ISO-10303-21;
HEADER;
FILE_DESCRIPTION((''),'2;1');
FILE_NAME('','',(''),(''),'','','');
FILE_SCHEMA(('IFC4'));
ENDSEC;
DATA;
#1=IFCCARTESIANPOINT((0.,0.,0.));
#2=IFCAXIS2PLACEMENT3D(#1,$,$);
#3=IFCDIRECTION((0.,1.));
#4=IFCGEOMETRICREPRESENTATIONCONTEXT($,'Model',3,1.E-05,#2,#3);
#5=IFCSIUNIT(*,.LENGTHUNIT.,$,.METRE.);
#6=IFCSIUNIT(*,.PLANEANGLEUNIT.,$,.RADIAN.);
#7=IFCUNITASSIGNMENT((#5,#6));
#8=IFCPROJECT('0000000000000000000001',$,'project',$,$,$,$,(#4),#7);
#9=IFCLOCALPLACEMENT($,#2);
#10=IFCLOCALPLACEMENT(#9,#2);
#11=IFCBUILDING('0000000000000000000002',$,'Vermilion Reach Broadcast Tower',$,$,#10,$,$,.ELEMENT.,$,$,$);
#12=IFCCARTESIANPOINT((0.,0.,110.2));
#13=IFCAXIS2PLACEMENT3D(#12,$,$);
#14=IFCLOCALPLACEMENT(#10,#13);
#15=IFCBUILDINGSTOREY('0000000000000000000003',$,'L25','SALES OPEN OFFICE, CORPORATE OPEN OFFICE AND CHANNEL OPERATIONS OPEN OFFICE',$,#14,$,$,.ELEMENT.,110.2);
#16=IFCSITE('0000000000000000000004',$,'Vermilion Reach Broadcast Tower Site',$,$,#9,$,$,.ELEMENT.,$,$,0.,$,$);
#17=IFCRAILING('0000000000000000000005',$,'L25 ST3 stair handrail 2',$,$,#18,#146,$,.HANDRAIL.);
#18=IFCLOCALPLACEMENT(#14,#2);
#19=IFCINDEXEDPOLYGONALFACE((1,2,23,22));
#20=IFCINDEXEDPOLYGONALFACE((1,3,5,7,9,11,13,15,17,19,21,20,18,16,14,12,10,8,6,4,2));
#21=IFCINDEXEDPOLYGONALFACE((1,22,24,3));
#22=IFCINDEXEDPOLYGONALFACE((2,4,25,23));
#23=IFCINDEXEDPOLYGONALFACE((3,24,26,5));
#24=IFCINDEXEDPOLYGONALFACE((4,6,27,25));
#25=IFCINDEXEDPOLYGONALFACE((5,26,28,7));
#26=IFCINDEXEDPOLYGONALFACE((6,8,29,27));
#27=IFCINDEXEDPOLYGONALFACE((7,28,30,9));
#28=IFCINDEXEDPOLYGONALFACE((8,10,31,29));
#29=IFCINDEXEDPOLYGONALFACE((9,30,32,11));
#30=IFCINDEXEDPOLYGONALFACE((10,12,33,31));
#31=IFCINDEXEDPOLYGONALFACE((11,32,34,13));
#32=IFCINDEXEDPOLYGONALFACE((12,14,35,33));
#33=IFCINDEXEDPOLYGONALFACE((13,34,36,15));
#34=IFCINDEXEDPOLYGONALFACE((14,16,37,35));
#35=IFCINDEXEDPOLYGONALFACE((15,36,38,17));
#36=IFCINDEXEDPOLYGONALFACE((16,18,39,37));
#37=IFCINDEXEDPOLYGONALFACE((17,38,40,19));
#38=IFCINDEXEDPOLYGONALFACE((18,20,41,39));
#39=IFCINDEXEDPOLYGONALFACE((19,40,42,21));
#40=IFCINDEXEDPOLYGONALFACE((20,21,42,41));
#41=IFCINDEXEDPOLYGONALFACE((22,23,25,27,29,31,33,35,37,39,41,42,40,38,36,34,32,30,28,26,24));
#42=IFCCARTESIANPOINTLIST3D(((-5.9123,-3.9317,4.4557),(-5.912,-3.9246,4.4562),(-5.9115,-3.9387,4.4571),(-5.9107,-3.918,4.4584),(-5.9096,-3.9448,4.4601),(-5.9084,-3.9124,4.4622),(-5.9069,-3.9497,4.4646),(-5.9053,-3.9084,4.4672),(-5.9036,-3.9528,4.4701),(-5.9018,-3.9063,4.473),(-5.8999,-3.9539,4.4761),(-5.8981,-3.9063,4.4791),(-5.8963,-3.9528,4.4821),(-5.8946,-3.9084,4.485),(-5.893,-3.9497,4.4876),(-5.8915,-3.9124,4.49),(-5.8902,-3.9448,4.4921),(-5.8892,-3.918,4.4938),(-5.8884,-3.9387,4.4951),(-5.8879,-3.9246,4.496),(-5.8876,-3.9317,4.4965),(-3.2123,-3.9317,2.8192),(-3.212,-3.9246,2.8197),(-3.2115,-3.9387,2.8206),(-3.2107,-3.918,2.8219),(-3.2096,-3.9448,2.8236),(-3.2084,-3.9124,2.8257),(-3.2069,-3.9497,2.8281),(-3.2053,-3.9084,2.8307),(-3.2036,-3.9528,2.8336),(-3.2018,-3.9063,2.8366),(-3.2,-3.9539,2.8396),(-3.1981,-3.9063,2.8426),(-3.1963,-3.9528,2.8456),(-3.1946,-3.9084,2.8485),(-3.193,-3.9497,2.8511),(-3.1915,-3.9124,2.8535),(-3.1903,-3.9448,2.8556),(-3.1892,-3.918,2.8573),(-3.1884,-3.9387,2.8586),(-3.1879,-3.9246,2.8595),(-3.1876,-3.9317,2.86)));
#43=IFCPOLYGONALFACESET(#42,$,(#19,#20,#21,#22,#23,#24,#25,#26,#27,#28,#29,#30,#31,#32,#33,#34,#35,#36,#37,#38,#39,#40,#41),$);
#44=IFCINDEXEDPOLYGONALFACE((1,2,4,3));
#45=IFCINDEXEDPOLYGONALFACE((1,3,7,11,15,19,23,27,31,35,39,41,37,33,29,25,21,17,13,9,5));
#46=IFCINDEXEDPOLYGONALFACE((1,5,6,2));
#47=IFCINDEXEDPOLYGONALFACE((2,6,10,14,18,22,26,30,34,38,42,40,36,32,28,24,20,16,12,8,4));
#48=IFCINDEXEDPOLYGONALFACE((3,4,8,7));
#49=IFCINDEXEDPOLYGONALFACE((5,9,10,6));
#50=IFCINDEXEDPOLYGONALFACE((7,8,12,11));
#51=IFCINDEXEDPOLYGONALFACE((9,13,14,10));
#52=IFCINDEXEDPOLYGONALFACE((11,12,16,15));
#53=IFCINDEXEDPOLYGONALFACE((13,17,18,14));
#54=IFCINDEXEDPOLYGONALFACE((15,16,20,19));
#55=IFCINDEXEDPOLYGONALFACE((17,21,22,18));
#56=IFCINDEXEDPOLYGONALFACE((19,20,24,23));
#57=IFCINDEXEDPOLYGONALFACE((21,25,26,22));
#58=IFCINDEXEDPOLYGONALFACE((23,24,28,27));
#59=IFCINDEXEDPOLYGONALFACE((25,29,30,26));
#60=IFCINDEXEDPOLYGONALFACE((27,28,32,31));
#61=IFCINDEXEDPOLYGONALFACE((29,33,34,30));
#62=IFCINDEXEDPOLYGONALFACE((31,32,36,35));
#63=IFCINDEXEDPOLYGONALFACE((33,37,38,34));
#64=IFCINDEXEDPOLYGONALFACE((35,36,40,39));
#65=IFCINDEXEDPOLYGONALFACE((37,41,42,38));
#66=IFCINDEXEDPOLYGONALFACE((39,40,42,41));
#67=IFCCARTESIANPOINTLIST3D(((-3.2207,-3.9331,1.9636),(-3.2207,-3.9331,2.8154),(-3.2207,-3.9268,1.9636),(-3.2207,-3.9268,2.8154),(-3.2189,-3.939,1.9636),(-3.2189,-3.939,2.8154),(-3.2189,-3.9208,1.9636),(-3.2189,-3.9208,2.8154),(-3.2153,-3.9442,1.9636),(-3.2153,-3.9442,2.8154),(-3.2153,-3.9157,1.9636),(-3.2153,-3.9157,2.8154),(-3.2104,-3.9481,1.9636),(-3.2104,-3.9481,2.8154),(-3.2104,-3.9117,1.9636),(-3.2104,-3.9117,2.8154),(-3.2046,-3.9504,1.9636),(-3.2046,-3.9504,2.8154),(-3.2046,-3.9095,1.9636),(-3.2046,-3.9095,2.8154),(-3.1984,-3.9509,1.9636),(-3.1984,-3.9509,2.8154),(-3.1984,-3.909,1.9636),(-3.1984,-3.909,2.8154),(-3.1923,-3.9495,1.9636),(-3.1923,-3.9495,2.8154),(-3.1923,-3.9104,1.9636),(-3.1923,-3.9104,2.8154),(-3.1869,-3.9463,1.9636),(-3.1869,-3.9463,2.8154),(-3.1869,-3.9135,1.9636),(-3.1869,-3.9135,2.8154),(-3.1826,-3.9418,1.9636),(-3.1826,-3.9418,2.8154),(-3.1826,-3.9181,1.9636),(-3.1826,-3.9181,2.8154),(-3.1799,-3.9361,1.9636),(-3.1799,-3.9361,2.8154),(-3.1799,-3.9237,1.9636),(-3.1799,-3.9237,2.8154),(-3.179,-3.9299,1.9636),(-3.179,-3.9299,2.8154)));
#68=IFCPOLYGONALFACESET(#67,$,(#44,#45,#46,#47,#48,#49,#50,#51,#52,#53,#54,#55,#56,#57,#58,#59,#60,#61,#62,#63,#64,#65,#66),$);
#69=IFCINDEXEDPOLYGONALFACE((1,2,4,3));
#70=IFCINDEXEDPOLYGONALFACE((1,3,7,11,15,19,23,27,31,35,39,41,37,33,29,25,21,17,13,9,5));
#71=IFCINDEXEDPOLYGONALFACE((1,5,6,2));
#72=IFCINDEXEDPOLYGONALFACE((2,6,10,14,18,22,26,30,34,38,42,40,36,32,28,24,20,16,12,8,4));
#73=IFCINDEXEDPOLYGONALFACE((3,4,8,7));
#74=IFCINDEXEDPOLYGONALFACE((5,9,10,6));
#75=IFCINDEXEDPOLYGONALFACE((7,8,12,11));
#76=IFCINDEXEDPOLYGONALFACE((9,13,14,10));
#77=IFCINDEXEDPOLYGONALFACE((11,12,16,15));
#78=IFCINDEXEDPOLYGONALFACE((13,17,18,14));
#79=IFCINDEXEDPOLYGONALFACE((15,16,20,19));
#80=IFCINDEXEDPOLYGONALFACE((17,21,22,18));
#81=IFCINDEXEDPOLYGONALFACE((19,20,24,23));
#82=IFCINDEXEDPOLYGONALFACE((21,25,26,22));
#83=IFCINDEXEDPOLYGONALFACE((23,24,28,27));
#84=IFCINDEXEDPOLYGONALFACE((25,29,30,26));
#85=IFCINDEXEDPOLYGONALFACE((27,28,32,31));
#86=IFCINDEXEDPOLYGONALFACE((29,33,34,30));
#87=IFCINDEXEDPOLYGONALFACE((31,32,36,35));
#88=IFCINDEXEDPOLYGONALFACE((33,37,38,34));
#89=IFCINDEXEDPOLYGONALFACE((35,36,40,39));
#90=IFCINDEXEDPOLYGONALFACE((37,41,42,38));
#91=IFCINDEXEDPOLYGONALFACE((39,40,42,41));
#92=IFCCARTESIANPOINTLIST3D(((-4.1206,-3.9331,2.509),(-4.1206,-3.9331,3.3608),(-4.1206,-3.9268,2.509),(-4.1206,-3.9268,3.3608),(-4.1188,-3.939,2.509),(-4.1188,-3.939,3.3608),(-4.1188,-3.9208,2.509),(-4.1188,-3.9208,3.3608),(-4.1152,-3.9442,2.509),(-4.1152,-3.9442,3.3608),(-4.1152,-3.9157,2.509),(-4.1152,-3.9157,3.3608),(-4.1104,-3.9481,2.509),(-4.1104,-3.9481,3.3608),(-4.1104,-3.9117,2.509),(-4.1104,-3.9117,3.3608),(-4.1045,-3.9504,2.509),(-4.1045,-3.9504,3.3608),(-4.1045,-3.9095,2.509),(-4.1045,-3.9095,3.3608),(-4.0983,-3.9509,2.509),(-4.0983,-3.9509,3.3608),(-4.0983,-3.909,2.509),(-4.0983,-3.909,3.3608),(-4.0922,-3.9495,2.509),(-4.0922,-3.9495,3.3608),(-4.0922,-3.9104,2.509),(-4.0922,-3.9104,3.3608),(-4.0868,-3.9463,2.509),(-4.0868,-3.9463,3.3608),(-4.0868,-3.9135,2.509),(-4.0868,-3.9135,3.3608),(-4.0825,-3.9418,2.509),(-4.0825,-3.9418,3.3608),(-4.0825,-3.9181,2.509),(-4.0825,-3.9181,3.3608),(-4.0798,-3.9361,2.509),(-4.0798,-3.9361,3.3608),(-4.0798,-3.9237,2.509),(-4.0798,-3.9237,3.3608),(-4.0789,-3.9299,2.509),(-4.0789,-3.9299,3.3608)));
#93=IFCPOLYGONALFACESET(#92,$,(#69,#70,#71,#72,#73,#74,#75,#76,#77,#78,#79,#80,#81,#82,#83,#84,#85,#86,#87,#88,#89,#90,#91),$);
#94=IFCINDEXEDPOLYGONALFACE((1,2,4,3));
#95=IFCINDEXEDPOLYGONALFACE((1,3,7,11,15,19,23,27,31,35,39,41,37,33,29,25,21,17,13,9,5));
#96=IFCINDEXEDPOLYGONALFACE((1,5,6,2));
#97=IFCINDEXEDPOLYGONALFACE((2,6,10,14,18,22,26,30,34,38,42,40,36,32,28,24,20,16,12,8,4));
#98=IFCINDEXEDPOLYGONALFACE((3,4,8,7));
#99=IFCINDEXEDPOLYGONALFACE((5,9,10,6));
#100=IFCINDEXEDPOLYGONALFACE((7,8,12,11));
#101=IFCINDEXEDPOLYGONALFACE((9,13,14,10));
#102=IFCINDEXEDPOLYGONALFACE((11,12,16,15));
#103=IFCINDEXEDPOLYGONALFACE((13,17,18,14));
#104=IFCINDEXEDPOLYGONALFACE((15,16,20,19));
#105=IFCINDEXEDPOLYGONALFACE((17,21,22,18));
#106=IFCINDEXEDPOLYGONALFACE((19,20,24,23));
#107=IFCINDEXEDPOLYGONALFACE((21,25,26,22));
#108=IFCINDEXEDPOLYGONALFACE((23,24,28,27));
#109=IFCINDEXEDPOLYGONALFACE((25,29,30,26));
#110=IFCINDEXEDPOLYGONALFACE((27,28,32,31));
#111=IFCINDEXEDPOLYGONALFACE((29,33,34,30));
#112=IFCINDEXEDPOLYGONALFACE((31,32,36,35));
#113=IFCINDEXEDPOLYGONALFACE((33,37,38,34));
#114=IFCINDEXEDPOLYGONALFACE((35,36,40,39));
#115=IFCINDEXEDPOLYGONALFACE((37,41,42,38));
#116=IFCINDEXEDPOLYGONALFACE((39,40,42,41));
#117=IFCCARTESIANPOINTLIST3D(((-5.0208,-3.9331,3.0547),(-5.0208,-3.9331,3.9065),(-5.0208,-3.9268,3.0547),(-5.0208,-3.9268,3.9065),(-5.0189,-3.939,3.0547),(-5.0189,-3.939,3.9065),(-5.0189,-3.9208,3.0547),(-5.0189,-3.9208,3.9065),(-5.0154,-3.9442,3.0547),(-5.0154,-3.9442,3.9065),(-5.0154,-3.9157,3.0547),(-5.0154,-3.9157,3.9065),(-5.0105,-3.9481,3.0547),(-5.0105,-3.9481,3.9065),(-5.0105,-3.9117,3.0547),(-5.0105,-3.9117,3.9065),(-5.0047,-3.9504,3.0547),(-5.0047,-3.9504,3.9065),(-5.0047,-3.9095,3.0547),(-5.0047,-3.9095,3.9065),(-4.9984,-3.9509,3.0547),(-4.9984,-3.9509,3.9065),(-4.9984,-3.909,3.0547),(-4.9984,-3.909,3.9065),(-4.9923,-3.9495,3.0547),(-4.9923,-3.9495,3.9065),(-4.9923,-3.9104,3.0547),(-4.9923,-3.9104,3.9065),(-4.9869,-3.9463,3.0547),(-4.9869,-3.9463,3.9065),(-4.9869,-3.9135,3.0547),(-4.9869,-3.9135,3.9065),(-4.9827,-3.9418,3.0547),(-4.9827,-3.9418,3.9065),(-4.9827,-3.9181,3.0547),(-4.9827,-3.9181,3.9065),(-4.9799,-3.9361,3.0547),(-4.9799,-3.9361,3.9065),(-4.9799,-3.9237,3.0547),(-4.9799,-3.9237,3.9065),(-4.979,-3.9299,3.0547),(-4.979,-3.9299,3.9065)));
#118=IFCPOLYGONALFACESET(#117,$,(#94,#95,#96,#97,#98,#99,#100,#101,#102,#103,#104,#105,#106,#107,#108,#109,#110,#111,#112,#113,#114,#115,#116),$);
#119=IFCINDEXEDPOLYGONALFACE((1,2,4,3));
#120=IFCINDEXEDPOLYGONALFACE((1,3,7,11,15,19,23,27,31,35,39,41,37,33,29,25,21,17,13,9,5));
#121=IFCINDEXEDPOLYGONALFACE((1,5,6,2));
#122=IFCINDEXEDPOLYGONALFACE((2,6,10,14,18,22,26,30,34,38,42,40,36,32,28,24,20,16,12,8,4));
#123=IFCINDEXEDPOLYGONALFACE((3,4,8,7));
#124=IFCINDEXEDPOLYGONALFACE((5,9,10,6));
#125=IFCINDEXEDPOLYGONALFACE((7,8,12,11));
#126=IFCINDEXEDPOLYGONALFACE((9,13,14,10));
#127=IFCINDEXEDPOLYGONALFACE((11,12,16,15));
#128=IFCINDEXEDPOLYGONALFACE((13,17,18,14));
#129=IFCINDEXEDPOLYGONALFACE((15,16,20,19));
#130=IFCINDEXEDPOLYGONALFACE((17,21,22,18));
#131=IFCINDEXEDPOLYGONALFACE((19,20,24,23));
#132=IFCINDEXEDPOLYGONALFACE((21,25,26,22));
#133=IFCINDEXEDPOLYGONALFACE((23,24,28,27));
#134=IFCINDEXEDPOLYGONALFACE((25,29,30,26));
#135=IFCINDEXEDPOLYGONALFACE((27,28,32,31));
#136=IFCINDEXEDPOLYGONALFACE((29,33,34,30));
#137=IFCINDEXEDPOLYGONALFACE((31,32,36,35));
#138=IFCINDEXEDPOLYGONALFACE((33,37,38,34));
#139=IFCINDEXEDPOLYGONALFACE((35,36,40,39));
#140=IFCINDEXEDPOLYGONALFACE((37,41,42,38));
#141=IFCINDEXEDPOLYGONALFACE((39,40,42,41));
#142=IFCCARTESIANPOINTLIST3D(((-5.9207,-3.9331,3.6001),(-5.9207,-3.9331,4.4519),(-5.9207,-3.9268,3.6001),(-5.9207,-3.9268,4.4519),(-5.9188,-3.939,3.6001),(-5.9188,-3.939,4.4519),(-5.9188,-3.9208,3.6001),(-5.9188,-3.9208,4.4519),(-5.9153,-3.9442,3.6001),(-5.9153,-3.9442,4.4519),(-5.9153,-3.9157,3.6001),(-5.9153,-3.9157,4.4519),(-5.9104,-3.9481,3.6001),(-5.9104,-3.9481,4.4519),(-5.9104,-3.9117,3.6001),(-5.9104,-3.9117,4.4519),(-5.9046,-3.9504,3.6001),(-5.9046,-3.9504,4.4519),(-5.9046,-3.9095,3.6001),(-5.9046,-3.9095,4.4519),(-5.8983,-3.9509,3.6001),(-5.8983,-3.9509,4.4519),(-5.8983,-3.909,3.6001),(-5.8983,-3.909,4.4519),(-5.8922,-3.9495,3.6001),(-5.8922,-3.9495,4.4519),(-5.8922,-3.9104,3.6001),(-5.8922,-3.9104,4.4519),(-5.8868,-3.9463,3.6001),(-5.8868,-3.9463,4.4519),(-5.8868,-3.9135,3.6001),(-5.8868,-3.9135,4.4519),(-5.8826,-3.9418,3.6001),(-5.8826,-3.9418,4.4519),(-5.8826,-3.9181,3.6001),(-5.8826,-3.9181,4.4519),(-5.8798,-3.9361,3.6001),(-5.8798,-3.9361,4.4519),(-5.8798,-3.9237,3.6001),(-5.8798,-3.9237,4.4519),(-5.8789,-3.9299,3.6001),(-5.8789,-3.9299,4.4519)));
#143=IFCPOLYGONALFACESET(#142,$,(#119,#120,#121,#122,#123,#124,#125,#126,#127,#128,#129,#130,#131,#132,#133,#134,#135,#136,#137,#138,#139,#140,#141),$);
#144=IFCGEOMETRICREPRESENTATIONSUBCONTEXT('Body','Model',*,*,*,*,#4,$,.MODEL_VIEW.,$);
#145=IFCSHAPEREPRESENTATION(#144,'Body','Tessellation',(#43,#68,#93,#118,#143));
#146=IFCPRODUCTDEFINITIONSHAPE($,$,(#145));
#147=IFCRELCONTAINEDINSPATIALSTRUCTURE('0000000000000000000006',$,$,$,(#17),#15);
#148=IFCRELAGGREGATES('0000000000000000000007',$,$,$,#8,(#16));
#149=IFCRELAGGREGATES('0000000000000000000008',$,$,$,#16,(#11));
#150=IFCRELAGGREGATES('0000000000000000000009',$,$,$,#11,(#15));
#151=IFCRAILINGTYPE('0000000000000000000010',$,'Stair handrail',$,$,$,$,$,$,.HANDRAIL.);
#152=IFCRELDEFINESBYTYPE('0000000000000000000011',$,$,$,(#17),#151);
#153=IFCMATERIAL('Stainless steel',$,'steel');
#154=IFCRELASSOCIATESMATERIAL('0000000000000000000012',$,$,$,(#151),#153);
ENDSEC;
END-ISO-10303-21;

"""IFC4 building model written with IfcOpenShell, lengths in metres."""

from ifc_helpers import new_model, si_unit, direction, frame, origin, origin_2d, place, context, subcontext, project, spatial, circle, extrude, material, type_object, element, save


model = new_model("IFC4")

# Units and contexts
model_context = context("Model", 3, precision=1e-05, world=origin(), true_north=direction((0.0, 1.0)))
body_context = subcontext(model_context, "Body", "Model", "MODEL_VIEW")
ifc_project = project(units=[si_unit("LENGTHUNIT", "METRE"), si_unit("PLANEANGLEUNIT", "RADIAN")], contexts=[model_context])

# Site, building, storey
site_placement = place(None, origin())
site = spatial("IfcSite", under=ifc_project, at=site_placement, Name="Vermilion Reach Broadcast Tower Site", CompositionType="ELEMENT", RefElevation=0.0)
building_placement = place(site_placement, origin())
building = spatial("IfcBuilding", under=site, at=building_placement, Name="Vermilion Reach Broadcast Tower", CompositionType="ELEMENT")
storey_placement = place(building_placement, frame((0.0, 0.0, 110.2)))
storey = spatial("IfcBuildingStorey", under=building, at=storey_placement, Name="L25", Description="SALES OPEN OFFICE, CORPORATE OPEN OFFICE AND CHANNEL OPERATIONS OPEN OFFICE", CompositionType="ELEMENT", Elevation=110.2)

# Railing
ifc_material_1 = material(Name="Stainless steel", Category="steel")
railing_type_1 = type_object("IfcRailingType", Name="Stair handrail", PredefinedType="HANDRAIL", material=ifc_material_1)
railing_1_placement = place(storey_placement, frame((-3.2, -3.9299, 1.9636)))
element("IfcRailing", 1, at=railing_1_placement, inside=storey, type_object=railing_type_1, Name="L25 ST3 stair handrail 2", PredefinedType="HANDRAIL", context=body_context, shape_type="SweptSolid", body=[
    extrude(circle(Radius=0.0239, at=origin_2d()), frame((0.0, 0.0, 0.876), z_axis=(-0.855178, 0.0, 0.518334), x_axis=(0.0, -1.0, 0.0)), (0.0, 0.0, 1.0), 3.1572),
    extrude(circle(Radius=0.021, at=origin_2d()), origin(), (0.0, 0.0, 1.0), 0.8518),
    extrude(circle(Radius=0.021, at=origin_2d()), frame((-0.8999, 0.0, 0.5454)), (0.0, 0.0, 1.0), 0.8518),
    extrude(circle(Radius=0.021, at=origin_2d()), frame((-1.8, 0.0, 1.0911)), (0.0, 0.0, 1.0), 0.8518),
    extrude(circle(Radius=0.021, at=origin_2d()), frame((-2.7, 0.0, 1.6365)), (0.0, 0.0, 1.0), 0.8518),
])

save(model, "model.ifc")
